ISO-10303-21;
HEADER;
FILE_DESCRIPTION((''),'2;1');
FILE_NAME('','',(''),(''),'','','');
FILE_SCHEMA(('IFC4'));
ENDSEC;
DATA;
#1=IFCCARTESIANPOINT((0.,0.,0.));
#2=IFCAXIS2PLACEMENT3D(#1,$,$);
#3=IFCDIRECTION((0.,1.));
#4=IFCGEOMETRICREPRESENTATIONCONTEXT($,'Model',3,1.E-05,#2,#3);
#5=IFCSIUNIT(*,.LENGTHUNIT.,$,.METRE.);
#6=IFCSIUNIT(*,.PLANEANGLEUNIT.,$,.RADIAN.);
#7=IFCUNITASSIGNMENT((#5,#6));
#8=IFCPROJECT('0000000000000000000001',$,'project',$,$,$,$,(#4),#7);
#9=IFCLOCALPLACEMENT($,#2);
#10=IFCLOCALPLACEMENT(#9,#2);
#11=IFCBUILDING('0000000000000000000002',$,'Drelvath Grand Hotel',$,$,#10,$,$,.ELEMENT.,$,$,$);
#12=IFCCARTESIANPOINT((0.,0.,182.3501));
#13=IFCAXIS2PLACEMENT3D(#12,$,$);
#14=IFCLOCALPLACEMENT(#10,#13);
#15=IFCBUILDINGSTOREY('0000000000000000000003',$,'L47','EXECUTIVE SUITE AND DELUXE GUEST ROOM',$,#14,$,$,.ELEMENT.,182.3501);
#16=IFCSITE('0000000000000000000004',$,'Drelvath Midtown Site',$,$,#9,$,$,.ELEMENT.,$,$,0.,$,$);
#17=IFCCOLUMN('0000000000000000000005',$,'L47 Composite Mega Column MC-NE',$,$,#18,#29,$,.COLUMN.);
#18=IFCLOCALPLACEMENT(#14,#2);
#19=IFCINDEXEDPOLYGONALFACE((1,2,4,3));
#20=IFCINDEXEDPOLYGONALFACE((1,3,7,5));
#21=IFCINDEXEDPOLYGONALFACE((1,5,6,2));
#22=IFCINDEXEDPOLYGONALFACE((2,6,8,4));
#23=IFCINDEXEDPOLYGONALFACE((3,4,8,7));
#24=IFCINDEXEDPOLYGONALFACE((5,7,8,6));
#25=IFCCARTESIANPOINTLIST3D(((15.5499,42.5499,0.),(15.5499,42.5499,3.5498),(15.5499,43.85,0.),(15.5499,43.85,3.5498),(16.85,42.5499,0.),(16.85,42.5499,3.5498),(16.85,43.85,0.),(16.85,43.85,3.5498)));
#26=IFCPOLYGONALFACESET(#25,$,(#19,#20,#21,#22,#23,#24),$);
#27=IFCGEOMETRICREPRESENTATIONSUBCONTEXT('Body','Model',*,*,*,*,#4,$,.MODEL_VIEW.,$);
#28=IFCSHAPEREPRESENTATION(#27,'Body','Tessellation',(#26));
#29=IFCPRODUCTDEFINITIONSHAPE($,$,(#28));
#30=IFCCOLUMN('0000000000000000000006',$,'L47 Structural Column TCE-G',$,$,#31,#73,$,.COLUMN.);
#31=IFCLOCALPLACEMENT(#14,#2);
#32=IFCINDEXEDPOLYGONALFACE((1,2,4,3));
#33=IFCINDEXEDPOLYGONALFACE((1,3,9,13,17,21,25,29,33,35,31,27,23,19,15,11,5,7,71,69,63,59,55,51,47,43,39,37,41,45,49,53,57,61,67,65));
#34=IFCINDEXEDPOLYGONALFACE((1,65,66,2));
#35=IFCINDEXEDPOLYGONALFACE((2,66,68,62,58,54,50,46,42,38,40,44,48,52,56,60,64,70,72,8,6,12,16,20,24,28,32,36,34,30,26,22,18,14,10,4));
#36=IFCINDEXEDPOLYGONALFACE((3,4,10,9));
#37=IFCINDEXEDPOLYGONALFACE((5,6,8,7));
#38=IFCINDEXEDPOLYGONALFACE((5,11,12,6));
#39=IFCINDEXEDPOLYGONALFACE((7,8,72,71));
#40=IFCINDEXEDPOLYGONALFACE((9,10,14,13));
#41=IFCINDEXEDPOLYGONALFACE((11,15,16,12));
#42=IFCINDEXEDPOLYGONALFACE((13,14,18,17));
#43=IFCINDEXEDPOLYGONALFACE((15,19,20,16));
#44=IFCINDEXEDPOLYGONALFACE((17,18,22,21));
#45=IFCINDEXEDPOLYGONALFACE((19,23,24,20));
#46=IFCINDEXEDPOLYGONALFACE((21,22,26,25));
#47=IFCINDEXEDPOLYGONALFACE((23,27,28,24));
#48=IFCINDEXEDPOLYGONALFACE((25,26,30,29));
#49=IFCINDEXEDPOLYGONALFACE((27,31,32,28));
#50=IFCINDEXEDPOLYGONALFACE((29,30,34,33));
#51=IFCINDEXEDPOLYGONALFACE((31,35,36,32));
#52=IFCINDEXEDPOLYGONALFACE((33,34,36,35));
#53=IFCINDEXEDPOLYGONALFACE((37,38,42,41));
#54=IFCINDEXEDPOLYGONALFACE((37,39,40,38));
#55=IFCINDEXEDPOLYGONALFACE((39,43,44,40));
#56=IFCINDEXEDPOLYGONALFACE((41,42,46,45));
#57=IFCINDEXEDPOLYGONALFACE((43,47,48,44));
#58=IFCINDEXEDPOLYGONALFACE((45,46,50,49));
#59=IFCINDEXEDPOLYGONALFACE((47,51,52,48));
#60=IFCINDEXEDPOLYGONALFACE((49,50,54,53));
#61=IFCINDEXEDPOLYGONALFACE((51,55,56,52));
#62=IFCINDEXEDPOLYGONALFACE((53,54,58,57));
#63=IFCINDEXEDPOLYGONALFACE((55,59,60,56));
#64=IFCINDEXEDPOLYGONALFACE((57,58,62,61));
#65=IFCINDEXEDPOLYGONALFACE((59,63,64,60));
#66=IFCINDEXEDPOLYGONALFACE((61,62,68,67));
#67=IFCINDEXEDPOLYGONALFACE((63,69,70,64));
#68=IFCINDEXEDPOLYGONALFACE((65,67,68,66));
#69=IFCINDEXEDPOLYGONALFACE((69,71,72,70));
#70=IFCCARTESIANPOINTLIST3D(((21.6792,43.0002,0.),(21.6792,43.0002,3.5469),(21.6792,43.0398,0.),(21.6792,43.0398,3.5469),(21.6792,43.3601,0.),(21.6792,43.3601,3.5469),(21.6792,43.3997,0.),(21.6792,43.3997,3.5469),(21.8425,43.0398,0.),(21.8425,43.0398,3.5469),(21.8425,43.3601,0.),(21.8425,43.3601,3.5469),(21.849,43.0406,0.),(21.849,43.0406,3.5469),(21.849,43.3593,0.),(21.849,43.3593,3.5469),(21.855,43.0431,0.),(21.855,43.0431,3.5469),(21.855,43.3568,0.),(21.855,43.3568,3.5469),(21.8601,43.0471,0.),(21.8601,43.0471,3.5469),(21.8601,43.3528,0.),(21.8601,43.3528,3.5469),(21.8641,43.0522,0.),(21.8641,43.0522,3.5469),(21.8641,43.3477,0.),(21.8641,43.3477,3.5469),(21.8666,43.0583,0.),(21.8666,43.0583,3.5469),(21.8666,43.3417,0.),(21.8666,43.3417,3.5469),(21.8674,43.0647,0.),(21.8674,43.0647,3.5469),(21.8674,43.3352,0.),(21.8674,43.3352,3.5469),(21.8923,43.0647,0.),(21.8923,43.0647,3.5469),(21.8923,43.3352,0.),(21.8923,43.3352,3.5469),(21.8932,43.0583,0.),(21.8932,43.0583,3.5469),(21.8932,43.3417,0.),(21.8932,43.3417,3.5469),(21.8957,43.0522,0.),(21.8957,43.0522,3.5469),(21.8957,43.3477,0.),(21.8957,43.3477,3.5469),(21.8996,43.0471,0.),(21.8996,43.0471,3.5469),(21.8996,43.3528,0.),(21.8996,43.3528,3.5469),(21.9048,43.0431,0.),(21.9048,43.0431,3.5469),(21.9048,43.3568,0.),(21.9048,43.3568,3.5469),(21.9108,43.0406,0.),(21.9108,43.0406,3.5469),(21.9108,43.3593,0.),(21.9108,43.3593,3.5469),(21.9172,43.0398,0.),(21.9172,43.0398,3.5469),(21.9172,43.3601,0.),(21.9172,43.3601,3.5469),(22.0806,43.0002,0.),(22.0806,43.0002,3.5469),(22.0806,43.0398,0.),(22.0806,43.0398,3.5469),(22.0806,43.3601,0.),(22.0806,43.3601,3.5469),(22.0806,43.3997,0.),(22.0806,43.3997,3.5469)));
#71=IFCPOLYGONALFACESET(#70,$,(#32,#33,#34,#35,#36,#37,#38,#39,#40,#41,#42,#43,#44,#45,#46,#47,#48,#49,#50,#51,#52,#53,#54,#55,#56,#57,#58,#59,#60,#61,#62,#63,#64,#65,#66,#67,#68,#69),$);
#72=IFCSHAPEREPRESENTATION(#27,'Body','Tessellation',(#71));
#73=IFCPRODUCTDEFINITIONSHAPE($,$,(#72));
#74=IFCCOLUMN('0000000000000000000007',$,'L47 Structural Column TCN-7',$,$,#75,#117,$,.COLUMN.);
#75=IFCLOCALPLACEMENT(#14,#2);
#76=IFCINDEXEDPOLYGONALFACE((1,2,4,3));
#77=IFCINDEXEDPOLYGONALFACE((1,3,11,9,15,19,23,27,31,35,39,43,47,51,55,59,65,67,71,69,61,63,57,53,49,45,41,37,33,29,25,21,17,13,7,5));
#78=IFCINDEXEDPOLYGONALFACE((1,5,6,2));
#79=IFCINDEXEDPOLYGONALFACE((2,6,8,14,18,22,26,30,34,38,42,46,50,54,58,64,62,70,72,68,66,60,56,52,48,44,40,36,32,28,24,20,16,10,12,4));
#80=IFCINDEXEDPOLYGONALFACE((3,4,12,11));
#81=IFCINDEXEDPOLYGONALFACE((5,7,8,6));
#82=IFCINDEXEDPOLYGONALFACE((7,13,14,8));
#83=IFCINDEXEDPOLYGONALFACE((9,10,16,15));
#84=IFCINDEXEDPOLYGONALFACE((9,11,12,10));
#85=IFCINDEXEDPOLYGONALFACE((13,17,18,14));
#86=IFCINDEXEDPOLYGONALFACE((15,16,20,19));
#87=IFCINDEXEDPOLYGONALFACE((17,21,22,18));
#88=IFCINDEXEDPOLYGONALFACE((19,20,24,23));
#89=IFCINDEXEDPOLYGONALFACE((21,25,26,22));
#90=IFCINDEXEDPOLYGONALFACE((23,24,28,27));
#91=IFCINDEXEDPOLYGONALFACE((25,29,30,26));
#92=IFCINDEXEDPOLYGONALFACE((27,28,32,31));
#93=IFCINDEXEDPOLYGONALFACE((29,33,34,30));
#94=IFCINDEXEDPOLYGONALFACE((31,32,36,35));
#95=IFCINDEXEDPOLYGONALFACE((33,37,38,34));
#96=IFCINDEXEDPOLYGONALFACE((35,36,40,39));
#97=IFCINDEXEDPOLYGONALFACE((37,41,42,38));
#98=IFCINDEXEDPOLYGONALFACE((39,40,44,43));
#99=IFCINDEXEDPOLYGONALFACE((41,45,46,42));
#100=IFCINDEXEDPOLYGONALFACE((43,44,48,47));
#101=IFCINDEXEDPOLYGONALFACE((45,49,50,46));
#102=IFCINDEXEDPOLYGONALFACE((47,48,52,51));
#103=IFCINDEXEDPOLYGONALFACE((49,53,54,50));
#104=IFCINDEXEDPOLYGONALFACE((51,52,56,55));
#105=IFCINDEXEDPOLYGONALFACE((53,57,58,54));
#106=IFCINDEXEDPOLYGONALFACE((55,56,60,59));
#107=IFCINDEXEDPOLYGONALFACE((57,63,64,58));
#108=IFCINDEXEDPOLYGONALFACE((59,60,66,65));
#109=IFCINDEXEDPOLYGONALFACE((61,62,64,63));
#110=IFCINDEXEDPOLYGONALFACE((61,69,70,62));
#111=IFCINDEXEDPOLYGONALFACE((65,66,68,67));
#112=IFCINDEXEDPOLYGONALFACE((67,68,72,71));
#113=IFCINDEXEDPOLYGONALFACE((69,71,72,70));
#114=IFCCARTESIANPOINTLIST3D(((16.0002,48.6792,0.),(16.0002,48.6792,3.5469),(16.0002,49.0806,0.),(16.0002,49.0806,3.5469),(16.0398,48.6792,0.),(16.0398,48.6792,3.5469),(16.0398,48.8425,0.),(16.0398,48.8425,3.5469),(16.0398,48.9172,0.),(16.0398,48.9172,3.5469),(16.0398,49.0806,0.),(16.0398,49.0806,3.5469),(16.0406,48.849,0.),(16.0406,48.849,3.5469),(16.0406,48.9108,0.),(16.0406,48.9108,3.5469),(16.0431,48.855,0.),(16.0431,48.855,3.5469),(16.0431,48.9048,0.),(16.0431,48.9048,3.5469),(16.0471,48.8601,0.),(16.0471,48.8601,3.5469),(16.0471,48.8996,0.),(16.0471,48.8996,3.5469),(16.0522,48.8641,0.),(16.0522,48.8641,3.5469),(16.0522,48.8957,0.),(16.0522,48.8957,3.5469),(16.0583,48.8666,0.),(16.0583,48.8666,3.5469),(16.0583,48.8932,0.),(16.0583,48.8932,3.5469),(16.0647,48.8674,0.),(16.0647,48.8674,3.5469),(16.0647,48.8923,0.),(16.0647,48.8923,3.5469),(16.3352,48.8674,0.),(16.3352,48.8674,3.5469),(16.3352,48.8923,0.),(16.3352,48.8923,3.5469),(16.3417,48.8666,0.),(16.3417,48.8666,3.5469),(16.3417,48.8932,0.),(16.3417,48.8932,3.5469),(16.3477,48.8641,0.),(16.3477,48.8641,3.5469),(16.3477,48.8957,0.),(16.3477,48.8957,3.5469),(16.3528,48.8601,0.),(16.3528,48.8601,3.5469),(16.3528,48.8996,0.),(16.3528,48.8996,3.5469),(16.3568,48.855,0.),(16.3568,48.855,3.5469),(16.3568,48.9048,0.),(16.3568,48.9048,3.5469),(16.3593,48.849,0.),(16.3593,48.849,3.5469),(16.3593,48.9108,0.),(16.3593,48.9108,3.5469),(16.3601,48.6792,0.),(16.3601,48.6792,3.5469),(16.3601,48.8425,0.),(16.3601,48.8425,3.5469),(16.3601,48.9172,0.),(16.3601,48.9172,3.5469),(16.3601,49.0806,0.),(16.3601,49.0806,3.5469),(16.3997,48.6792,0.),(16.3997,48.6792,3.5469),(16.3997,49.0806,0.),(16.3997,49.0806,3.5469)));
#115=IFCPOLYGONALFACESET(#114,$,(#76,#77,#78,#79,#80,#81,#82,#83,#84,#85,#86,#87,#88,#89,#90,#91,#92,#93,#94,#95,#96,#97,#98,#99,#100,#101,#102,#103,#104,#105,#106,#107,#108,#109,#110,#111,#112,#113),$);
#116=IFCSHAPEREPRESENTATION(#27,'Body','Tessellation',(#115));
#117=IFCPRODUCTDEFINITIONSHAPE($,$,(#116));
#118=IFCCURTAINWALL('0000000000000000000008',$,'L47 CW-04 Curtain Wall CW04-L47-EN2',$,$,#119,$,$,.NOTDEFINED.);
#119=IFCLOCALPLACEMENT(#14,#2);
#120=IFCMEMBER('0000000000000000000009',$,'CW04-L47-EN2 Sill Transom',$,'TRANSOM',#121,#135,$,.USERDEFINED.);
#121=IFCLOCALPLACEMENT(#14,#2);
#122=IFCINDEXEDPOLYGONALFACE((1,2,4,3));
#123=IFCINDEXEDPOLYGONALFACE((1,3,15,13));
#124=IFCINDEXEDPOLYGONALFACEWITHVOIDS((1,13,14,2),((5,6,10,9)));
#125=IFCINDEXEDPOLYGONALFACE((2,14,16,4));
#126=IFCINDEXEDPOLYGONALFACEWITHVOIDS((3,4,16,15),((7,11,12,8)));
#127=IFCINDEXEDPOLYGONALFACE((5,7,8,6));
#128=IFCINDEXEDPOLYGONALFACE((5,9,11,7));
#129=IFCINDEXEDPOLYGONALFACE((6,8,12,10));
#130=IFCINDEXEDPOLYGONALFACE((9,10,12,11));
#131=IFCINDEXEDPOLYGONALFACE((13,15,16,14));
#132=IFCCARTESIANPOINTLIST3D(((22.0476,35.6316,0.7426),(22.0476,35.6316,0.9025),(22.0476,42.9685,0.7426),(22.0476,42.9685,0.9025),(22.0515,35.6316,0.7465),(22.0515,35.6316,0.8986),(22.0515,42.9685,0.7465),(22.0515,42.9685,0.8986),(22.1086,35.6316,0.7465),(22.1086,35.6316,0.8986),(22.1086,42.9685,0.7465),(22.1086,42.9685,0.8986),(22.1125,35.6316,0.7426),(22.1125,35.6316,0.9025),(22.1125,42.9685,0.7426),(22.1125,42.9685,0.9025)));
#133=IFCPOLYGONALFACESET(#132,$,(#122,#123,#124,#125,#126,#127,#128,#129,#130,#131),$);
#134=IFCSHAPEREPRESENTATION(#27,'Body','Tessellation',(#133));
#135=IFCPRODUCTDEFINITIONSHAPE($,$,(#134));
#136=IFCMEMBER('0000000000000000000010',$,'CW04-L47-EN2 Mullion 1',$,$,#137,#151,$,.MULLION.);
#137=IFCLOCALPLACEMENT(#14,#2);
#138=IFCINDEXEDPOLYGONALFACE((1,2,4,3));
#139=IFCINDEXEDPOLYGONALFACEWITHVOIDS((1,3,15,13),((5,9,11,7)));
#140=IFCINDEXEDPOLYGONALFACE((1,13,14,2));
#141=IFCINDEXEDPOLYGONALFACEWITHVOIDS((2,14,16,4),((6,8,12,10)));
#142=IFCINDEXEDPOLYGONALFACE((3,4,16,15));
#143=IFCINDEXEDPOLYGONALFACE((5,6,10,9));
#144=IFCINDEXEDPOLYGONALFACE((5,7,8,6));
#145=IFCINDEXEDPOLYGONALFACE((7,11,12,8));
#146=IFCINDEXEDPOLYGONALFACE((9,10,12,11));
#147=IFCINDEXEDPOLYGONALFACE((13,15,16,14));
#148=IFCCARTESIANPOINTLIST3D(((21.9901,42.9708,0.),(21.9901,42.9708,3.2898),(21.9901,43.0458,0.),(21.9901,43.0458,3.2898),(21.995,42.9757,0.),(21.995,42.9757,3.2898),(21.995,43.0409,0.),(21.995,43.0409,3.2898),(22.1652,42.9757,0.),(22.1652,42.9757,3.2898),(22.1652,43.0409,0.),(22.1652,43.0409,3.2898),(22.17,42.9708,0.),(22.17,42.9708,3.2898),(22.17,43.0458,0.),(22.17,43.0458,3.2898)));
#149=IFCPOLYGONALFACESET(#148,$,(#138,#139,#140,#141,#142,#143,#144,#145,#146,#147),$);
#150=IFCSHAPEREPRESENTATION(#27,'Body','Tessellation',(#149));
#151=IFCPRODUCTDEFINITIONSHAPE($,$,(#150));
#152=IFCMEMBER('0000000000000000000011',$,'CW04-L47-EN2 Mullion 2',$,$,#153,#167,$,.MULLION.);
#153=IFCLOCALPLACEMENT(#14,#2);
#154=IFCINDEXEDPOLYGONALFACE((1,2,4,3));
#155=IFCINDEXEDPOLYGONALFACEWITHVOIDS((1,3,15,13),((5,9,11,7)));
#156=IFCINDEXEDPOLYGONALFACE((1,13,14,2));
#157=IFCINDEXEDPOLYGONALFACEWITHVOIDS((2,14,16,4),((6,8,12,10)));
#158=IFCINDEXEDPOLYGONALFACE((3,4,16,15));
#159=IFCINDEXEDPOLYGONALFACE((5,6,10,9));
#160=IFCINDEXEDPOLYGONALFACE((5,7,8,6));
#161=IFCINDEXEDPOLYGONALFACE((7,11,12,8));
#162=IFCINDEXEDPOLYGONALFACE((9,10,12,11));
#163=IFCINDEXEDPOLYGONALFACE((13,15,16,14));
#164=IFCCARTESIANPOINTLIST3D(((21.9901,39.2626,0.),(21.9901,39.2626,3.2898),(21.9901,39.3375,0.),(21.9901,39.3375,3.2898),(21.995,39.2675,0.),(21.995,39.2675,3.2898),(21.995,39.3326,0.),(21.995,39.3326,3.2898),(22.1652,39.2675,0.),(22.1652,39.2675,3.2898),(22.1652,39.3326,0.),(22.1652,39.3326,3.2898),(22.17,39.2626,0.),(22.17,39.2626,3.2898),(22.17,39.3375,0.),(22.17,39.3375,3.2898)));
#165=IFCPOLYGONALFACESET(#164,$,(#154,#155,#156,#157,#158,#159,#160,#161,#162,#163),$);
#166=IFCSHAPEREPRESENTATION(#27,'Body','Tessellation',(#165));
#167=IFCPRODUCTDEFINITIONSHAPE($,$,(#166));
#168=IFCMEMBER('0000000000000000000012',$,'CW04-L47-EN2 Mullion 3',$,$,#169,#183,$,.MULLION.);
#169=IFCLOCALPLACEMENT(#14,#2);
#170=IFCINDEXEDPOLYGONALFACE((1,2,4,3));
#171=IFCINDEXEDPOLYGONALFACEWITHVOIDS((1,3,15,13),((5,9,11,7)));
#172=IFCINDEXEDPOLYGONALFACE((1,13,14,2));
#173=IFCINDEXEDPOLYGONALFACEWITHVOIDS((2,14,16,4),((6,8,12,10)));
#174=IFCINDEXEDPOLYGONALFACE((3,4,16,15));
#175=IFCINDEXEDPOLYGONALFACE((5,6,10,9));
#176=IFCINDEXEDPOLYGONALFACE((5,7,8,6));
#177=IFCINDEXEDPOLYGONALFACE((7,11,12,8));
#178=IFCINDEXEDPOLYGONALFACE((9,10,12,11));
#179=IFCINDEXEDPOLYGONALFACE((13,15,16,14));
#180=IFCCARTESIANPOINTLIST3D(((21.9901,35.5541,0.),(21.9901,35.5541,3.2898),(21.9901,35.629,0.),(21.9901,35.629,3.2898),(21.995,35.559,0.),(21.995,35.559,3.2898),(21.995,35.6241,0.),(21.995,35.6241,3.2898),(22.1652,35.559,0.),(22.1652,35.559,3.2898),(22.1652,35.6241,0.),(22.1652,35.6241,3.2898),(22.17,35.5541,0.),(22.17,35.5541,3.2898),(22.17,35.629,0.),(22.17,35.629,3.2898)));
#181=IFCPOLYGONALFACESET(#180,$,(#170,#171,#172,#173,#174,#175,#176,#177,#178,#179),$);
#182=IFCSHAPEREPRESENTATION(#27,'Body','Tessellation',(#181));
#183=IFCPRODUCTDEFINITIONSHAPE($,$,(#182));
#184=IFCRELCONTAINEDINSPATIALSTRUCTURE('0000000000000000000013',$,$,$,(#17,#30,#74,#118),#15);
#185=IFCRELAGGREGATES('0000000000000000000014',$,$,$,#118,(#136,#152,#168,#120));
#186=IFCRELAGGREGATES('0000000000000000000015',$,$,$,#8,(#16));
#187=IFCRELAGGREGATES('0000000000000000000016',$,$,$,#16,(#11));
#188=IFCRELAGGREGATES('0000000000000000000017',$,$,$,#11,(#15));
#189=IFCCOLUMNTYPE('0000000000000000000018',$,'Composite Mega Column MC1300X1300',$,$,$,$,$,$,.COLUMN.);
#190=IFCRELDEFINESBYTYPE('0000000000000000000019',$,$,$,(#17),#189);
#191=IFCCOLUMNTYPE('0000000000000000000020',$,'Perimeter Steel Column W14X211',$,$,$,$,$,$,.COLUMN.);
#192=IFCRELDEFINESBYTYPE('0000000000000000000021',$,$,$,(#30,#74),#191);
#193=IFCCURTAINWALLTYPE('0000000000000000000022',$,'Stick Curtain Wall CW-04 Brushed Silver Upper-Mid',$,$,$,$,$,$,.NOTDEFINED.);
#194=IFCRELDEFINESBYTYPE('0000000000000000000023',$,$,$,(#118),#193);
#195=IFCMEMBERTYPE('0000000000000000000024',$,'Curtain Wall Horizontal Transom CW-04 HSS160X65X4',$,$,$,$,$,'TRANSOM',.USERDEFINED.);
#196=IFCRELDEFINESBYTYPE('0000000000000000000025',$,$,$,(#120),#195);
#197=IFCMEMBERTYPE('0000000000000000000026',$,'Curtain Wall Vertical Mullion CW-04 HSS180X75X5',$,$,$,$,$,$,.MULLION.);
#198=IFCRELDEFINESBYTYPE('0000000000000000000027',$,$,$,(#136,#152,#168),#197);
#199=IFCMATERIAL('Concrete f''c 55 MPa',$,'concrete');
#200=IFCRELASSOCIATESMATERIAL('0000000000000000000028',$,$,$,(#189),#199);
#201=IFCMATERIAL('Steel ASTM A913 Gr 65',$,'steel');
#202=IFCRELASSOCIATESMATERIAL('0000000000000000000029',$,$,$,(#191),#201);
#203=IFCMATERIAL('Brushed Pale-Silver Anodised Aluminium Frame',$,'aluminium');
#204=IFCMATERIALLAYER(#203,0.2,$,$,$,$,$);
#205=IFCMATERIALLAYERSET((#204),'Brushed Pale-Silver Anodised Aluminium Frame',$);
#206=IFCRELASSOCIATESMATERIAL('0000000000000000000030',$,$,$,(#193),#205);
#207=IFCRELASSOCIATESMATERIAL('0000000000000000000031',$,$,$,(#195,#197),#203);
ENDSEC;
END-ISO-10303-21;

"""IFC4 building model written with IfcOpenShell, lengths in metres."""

from ifc_helpers import new_model, si_unit, direction, frame, origin, origin_2d, place, context, subcontext, project, spatial, rectangle, hollow_rectangle, i_section, extrude, material, layer, layer_set, material_profile, profile_set, type_object, element, aggregate, save


model = new_model("IFC4")

# Units and contexts
model_context = context("Model", 3, precision=1e-05, world=origin(), true_north=direction((0.0, 1.0)))
body_context = subcontext(model_context, "Body", "Model", "MODEL_VIEW")
ifc_project = project(units=[si_unit("LENGTHUNIT", "METRE"), si_unit("PLANEANGLEUNIT", "RADIAN")], contexts=[model_context])

# Site, building, storey
site_placement = place(None, origin())
site = spatial("IfcSite", under=ifc_project, at=site_placement, Name="Drelvath Midtown Site", CompositionType="ELEMENT", RefElevation=0.0)
building_placement = place(site_placement, origin())
building = spatial("IfcBuilding", under=site, at=building_placement, Name="Drelvath Grand Hotel", CompositionType="ELEMENT")
storey_placement = place(building_placement, frame((0.0, 0.0, 182.3501)))
storey = spatial("IfcBuildingStorey", under=building, at=storey_placement, Name="L47", Description="EXECUTIVE SUITE AND DELUXE GUEST ROOM", CompositionType="ELEMENT", Elevation=182.3501)

# Columns
ifc_material_1 = material(Name="Concrete f'c 55 MPa", Category="concrete")
ifc_material_profile_1 = material_profile(ifc_material_1, rectangle(XDim=1.3, YDim=1.3, at=origin_2d()), Name="MC1300X1300")
ifc_profile_set_1 = profile_set([ifc_material_profile_1], Name="Concrete f'c 55 MPa")
column_type_1 = type_object("IfcColumnType", Name="Composite Mega Column MC1300X1300", PredefinedType="COLUMN", material=ifc_profile_set_1)
column_placement = place(storey_placement, frame((16.2, 43.2, 0.0), z_axis=(0.0, 0.0, 1.0), x_axis=(1.0, 0.0, 0.0)))
element("IfcColumn", 1, at=column_placement, inside=storey, type_object=column_type_1, Name="L47 Composite Mega Column MC-NE", PredefinedType="COLUMN", context=body_context, shape_type="SweptSolid", body=[
    extrude(rectangle(XDim=1.3, YDim=1.3, at=origin_2d()), origin(), (0.0, 0.0, 1.0), 3.5498),
])
ifc_material_2 = material(Name="Steel ASTM A913 Gr 65", Category="steel")
ifc_material_profile_2 = material_profile(ifc_material_2, i_section(OverallWidth=0.4014, OverallDepth=0.3994, WebThickness=0.0249, FlangeThickness=0.0396, FilletRadius=0.0249, at=origin_2d()), Name="W14X211")
ifc_profile_set_2 = profile_set([ifc_material_profile_2], Name="Steel ASTM A913 Gr 65")
column_type_2 = type_object("IfcColumnType", Name="Perimeter Steel Column W14X211", PredefinedType="COLUMN", material=ifc_profile_set_2)
for number, where, z_axis, x_axis, name in (
    (2, (21.8799, 43.2, 0.0), (0.0, 0.0, 1.0), (1.0, 0.0, 0.0), "L47 Structural Column TCE-G"),
    (3, (16.2, 48.8799, 0.0), (0.0, 0.0, 1.0), (0.0, 1.0, 0.0), "L47 Structural Column TCN-7"),
):
    element("IfcColumn", number, at=place(storey_placement, frame(where, z_axis=z_axis, x_axis=x_axis)), inside=storey, type_object=column_type_2, Name=name, PredefinedType="COLUMN", context=body_context, shape_type="SweptSolid", body=[
        extrude(i_section(OverallWidth=0.4014, OverallDepth=0.3994, WebThickness=0.0249, FlangeThickness=0.0396, FilletRadius=0.0249, at=origin_2d()), origin(), (0.0, 0.0, 1.0), 3.5469),
    ])

# Curtain wall, members
ifc_material_3 = material(Name="Brushed Pale-Silver Anodised Aluminium Frame", Category="aluminium")
ifc_layer_1 = layer(ifc_material_3, 0.2)
ifc_layer_set_1 = layer_set([ifc_layer_1], Name="Brushed Pale-Silver Anodised Aluminium Frame")
curtain_wall_type = type_object("IfcCurtainWallType", Name="Stick Curtain Wall CW-04 Brushed Silver Upper-Mid", PredefinedType="NOTDEFINED", material=ifc_layer_set_1)
curtain_wall_1_placement = place(storey_placement, origin())
curtain_wall_1 = element("IfcCurtainWall", 4, at=curtain_wall_1_placement, inside=storey, type_object=curtain_wall_type, Name="L47 CW-04 Curtain Wall CW04-L47-EN2", PredefinedType="NOTDEFINED")
ifc_material_profile_3 = material_profile(ifc_material_3, hollow_rectangle(XDim=0.0649, YDim=0.1599, WallThickness=0.0039, at=origin_2d()), Name="HSS160X65X4")
ifc_profile_set_3 = profile_set([ifc_material_profile_3], Name="Brushed Pale-Silver Anodised Aluminium Frame")
member_type_1 = type_object("IfcMemberType", Name="Curtain Wall Horizontal Transom CW-04 HSS160X65X4", ElementType="TRANSOM", PredefinedType="USERDEFINED", material=ifc_profile_set_3)
member_1_placement = place(storey_placement, frame((22.0801, 42.9685, 0.8225), z_axis=(0.0, -1.0, 0.0), x_axis=(1.0, 0.0, 0.0)))
member_1 = element("IfcMember", 5, at=member_1_placement, type_object=member_type_1, Name="CW04-L47-EN2 Sill Transom", ObjectType="TRANSOM", PredefinedType="USERDEFINED", context=body_context, shape_type="SweptSolid", body=[
    extrude(hollow_rectangle(XDim=0.0649, YDim=0.1599, WallThickness=0.0039, at=origin_2d()), origin(), (0.0, 0.0, 1.0), 7.3369),
])
ifc_material_profile_4 = material_profile(ifc_material_3, hollow_rectangle(XDim=0.075, YDim=0.1799, WallThickness=0.0049, at=origin_2d()), Name="HSS180X75X5")
ifc_profile_set_4 = profile_set([ifc_material_profile_4], Name="Brushed Pale-Silver Anodised Aluminium Frame")
member_type_2 = type_object("IfcMemberType", Name="Curtain Wall Vertical Mullion CW-04 HSS180X75X5", PredefinedType="MULLION", material=ifc_profile_set_4)
member_2_placement = place(storey_placement, frame((22.0801, 43.0083, 0.0), z_axis=(0.0, 0.0, 1.0), x_axis=(0.0, 1.0, 0.0)))
member_2 = element("IfcMember", 6, at=member_2_placement, type_object=member_type_2, Name="CW04-L47-EN2 Mullion 1", PredefinedType="MULLION", context=body_context, shape_type="SweptSolid", body=[
    extrude(hollow_rectangle(XDim=0.075, YDim=0.1799, WallThickness=0.0049, at=origin_2d()), origin(), (0.0, 0.0, 1.0), 3.2898),
])
member_3_placement = place(storey_placement, frame((22.0801, 39.3, 0.0), z_axis=(0.0, 0.0, 1.0), x_axis=(0.0, 1.0, 0.0)))
member_3 = element("IfcMember", 7, at=member_3_placement, type_object=member_type_2, Name="CW04-L47-EN2 Mullion 2", PredefinedType="MULLION", context=body_context, shape_type="SweptSolid", body=[
    extrude(hollow_rectangle(XDim=0.075, YDim=0.1799, WallThickness=0.0049, at=origin_2d()), origin(), (0.0, 0.0, 1.0), 3.2898),
])
member_4_placement = place(storey_placement, frame((22.0801, 35.5916, 0.0), z_axis=(0.0, 0.0, 1.0), x_axis=(0.0, 1.0, 0.0)))
member_4 = element("IfcMember", 8, at=member_4_placement, type_object=member_type_2, Name="CW04-L47-EN2 Mullion 3", PredefinedType="MULLION", context=body_context, shape_type="SweptSolid", body=[
    extrude(hollow_rectangle(XDim=0.075, YDim=0.1799, WallThickness=0.0049, at=origin_2d()), origin(), (0.0, 0.0, 1.0), 3.2898),
])

aggregate(curtain_wall_1, [member_2, member_3, member_4, member_1])

save(model, "model.ifc")
